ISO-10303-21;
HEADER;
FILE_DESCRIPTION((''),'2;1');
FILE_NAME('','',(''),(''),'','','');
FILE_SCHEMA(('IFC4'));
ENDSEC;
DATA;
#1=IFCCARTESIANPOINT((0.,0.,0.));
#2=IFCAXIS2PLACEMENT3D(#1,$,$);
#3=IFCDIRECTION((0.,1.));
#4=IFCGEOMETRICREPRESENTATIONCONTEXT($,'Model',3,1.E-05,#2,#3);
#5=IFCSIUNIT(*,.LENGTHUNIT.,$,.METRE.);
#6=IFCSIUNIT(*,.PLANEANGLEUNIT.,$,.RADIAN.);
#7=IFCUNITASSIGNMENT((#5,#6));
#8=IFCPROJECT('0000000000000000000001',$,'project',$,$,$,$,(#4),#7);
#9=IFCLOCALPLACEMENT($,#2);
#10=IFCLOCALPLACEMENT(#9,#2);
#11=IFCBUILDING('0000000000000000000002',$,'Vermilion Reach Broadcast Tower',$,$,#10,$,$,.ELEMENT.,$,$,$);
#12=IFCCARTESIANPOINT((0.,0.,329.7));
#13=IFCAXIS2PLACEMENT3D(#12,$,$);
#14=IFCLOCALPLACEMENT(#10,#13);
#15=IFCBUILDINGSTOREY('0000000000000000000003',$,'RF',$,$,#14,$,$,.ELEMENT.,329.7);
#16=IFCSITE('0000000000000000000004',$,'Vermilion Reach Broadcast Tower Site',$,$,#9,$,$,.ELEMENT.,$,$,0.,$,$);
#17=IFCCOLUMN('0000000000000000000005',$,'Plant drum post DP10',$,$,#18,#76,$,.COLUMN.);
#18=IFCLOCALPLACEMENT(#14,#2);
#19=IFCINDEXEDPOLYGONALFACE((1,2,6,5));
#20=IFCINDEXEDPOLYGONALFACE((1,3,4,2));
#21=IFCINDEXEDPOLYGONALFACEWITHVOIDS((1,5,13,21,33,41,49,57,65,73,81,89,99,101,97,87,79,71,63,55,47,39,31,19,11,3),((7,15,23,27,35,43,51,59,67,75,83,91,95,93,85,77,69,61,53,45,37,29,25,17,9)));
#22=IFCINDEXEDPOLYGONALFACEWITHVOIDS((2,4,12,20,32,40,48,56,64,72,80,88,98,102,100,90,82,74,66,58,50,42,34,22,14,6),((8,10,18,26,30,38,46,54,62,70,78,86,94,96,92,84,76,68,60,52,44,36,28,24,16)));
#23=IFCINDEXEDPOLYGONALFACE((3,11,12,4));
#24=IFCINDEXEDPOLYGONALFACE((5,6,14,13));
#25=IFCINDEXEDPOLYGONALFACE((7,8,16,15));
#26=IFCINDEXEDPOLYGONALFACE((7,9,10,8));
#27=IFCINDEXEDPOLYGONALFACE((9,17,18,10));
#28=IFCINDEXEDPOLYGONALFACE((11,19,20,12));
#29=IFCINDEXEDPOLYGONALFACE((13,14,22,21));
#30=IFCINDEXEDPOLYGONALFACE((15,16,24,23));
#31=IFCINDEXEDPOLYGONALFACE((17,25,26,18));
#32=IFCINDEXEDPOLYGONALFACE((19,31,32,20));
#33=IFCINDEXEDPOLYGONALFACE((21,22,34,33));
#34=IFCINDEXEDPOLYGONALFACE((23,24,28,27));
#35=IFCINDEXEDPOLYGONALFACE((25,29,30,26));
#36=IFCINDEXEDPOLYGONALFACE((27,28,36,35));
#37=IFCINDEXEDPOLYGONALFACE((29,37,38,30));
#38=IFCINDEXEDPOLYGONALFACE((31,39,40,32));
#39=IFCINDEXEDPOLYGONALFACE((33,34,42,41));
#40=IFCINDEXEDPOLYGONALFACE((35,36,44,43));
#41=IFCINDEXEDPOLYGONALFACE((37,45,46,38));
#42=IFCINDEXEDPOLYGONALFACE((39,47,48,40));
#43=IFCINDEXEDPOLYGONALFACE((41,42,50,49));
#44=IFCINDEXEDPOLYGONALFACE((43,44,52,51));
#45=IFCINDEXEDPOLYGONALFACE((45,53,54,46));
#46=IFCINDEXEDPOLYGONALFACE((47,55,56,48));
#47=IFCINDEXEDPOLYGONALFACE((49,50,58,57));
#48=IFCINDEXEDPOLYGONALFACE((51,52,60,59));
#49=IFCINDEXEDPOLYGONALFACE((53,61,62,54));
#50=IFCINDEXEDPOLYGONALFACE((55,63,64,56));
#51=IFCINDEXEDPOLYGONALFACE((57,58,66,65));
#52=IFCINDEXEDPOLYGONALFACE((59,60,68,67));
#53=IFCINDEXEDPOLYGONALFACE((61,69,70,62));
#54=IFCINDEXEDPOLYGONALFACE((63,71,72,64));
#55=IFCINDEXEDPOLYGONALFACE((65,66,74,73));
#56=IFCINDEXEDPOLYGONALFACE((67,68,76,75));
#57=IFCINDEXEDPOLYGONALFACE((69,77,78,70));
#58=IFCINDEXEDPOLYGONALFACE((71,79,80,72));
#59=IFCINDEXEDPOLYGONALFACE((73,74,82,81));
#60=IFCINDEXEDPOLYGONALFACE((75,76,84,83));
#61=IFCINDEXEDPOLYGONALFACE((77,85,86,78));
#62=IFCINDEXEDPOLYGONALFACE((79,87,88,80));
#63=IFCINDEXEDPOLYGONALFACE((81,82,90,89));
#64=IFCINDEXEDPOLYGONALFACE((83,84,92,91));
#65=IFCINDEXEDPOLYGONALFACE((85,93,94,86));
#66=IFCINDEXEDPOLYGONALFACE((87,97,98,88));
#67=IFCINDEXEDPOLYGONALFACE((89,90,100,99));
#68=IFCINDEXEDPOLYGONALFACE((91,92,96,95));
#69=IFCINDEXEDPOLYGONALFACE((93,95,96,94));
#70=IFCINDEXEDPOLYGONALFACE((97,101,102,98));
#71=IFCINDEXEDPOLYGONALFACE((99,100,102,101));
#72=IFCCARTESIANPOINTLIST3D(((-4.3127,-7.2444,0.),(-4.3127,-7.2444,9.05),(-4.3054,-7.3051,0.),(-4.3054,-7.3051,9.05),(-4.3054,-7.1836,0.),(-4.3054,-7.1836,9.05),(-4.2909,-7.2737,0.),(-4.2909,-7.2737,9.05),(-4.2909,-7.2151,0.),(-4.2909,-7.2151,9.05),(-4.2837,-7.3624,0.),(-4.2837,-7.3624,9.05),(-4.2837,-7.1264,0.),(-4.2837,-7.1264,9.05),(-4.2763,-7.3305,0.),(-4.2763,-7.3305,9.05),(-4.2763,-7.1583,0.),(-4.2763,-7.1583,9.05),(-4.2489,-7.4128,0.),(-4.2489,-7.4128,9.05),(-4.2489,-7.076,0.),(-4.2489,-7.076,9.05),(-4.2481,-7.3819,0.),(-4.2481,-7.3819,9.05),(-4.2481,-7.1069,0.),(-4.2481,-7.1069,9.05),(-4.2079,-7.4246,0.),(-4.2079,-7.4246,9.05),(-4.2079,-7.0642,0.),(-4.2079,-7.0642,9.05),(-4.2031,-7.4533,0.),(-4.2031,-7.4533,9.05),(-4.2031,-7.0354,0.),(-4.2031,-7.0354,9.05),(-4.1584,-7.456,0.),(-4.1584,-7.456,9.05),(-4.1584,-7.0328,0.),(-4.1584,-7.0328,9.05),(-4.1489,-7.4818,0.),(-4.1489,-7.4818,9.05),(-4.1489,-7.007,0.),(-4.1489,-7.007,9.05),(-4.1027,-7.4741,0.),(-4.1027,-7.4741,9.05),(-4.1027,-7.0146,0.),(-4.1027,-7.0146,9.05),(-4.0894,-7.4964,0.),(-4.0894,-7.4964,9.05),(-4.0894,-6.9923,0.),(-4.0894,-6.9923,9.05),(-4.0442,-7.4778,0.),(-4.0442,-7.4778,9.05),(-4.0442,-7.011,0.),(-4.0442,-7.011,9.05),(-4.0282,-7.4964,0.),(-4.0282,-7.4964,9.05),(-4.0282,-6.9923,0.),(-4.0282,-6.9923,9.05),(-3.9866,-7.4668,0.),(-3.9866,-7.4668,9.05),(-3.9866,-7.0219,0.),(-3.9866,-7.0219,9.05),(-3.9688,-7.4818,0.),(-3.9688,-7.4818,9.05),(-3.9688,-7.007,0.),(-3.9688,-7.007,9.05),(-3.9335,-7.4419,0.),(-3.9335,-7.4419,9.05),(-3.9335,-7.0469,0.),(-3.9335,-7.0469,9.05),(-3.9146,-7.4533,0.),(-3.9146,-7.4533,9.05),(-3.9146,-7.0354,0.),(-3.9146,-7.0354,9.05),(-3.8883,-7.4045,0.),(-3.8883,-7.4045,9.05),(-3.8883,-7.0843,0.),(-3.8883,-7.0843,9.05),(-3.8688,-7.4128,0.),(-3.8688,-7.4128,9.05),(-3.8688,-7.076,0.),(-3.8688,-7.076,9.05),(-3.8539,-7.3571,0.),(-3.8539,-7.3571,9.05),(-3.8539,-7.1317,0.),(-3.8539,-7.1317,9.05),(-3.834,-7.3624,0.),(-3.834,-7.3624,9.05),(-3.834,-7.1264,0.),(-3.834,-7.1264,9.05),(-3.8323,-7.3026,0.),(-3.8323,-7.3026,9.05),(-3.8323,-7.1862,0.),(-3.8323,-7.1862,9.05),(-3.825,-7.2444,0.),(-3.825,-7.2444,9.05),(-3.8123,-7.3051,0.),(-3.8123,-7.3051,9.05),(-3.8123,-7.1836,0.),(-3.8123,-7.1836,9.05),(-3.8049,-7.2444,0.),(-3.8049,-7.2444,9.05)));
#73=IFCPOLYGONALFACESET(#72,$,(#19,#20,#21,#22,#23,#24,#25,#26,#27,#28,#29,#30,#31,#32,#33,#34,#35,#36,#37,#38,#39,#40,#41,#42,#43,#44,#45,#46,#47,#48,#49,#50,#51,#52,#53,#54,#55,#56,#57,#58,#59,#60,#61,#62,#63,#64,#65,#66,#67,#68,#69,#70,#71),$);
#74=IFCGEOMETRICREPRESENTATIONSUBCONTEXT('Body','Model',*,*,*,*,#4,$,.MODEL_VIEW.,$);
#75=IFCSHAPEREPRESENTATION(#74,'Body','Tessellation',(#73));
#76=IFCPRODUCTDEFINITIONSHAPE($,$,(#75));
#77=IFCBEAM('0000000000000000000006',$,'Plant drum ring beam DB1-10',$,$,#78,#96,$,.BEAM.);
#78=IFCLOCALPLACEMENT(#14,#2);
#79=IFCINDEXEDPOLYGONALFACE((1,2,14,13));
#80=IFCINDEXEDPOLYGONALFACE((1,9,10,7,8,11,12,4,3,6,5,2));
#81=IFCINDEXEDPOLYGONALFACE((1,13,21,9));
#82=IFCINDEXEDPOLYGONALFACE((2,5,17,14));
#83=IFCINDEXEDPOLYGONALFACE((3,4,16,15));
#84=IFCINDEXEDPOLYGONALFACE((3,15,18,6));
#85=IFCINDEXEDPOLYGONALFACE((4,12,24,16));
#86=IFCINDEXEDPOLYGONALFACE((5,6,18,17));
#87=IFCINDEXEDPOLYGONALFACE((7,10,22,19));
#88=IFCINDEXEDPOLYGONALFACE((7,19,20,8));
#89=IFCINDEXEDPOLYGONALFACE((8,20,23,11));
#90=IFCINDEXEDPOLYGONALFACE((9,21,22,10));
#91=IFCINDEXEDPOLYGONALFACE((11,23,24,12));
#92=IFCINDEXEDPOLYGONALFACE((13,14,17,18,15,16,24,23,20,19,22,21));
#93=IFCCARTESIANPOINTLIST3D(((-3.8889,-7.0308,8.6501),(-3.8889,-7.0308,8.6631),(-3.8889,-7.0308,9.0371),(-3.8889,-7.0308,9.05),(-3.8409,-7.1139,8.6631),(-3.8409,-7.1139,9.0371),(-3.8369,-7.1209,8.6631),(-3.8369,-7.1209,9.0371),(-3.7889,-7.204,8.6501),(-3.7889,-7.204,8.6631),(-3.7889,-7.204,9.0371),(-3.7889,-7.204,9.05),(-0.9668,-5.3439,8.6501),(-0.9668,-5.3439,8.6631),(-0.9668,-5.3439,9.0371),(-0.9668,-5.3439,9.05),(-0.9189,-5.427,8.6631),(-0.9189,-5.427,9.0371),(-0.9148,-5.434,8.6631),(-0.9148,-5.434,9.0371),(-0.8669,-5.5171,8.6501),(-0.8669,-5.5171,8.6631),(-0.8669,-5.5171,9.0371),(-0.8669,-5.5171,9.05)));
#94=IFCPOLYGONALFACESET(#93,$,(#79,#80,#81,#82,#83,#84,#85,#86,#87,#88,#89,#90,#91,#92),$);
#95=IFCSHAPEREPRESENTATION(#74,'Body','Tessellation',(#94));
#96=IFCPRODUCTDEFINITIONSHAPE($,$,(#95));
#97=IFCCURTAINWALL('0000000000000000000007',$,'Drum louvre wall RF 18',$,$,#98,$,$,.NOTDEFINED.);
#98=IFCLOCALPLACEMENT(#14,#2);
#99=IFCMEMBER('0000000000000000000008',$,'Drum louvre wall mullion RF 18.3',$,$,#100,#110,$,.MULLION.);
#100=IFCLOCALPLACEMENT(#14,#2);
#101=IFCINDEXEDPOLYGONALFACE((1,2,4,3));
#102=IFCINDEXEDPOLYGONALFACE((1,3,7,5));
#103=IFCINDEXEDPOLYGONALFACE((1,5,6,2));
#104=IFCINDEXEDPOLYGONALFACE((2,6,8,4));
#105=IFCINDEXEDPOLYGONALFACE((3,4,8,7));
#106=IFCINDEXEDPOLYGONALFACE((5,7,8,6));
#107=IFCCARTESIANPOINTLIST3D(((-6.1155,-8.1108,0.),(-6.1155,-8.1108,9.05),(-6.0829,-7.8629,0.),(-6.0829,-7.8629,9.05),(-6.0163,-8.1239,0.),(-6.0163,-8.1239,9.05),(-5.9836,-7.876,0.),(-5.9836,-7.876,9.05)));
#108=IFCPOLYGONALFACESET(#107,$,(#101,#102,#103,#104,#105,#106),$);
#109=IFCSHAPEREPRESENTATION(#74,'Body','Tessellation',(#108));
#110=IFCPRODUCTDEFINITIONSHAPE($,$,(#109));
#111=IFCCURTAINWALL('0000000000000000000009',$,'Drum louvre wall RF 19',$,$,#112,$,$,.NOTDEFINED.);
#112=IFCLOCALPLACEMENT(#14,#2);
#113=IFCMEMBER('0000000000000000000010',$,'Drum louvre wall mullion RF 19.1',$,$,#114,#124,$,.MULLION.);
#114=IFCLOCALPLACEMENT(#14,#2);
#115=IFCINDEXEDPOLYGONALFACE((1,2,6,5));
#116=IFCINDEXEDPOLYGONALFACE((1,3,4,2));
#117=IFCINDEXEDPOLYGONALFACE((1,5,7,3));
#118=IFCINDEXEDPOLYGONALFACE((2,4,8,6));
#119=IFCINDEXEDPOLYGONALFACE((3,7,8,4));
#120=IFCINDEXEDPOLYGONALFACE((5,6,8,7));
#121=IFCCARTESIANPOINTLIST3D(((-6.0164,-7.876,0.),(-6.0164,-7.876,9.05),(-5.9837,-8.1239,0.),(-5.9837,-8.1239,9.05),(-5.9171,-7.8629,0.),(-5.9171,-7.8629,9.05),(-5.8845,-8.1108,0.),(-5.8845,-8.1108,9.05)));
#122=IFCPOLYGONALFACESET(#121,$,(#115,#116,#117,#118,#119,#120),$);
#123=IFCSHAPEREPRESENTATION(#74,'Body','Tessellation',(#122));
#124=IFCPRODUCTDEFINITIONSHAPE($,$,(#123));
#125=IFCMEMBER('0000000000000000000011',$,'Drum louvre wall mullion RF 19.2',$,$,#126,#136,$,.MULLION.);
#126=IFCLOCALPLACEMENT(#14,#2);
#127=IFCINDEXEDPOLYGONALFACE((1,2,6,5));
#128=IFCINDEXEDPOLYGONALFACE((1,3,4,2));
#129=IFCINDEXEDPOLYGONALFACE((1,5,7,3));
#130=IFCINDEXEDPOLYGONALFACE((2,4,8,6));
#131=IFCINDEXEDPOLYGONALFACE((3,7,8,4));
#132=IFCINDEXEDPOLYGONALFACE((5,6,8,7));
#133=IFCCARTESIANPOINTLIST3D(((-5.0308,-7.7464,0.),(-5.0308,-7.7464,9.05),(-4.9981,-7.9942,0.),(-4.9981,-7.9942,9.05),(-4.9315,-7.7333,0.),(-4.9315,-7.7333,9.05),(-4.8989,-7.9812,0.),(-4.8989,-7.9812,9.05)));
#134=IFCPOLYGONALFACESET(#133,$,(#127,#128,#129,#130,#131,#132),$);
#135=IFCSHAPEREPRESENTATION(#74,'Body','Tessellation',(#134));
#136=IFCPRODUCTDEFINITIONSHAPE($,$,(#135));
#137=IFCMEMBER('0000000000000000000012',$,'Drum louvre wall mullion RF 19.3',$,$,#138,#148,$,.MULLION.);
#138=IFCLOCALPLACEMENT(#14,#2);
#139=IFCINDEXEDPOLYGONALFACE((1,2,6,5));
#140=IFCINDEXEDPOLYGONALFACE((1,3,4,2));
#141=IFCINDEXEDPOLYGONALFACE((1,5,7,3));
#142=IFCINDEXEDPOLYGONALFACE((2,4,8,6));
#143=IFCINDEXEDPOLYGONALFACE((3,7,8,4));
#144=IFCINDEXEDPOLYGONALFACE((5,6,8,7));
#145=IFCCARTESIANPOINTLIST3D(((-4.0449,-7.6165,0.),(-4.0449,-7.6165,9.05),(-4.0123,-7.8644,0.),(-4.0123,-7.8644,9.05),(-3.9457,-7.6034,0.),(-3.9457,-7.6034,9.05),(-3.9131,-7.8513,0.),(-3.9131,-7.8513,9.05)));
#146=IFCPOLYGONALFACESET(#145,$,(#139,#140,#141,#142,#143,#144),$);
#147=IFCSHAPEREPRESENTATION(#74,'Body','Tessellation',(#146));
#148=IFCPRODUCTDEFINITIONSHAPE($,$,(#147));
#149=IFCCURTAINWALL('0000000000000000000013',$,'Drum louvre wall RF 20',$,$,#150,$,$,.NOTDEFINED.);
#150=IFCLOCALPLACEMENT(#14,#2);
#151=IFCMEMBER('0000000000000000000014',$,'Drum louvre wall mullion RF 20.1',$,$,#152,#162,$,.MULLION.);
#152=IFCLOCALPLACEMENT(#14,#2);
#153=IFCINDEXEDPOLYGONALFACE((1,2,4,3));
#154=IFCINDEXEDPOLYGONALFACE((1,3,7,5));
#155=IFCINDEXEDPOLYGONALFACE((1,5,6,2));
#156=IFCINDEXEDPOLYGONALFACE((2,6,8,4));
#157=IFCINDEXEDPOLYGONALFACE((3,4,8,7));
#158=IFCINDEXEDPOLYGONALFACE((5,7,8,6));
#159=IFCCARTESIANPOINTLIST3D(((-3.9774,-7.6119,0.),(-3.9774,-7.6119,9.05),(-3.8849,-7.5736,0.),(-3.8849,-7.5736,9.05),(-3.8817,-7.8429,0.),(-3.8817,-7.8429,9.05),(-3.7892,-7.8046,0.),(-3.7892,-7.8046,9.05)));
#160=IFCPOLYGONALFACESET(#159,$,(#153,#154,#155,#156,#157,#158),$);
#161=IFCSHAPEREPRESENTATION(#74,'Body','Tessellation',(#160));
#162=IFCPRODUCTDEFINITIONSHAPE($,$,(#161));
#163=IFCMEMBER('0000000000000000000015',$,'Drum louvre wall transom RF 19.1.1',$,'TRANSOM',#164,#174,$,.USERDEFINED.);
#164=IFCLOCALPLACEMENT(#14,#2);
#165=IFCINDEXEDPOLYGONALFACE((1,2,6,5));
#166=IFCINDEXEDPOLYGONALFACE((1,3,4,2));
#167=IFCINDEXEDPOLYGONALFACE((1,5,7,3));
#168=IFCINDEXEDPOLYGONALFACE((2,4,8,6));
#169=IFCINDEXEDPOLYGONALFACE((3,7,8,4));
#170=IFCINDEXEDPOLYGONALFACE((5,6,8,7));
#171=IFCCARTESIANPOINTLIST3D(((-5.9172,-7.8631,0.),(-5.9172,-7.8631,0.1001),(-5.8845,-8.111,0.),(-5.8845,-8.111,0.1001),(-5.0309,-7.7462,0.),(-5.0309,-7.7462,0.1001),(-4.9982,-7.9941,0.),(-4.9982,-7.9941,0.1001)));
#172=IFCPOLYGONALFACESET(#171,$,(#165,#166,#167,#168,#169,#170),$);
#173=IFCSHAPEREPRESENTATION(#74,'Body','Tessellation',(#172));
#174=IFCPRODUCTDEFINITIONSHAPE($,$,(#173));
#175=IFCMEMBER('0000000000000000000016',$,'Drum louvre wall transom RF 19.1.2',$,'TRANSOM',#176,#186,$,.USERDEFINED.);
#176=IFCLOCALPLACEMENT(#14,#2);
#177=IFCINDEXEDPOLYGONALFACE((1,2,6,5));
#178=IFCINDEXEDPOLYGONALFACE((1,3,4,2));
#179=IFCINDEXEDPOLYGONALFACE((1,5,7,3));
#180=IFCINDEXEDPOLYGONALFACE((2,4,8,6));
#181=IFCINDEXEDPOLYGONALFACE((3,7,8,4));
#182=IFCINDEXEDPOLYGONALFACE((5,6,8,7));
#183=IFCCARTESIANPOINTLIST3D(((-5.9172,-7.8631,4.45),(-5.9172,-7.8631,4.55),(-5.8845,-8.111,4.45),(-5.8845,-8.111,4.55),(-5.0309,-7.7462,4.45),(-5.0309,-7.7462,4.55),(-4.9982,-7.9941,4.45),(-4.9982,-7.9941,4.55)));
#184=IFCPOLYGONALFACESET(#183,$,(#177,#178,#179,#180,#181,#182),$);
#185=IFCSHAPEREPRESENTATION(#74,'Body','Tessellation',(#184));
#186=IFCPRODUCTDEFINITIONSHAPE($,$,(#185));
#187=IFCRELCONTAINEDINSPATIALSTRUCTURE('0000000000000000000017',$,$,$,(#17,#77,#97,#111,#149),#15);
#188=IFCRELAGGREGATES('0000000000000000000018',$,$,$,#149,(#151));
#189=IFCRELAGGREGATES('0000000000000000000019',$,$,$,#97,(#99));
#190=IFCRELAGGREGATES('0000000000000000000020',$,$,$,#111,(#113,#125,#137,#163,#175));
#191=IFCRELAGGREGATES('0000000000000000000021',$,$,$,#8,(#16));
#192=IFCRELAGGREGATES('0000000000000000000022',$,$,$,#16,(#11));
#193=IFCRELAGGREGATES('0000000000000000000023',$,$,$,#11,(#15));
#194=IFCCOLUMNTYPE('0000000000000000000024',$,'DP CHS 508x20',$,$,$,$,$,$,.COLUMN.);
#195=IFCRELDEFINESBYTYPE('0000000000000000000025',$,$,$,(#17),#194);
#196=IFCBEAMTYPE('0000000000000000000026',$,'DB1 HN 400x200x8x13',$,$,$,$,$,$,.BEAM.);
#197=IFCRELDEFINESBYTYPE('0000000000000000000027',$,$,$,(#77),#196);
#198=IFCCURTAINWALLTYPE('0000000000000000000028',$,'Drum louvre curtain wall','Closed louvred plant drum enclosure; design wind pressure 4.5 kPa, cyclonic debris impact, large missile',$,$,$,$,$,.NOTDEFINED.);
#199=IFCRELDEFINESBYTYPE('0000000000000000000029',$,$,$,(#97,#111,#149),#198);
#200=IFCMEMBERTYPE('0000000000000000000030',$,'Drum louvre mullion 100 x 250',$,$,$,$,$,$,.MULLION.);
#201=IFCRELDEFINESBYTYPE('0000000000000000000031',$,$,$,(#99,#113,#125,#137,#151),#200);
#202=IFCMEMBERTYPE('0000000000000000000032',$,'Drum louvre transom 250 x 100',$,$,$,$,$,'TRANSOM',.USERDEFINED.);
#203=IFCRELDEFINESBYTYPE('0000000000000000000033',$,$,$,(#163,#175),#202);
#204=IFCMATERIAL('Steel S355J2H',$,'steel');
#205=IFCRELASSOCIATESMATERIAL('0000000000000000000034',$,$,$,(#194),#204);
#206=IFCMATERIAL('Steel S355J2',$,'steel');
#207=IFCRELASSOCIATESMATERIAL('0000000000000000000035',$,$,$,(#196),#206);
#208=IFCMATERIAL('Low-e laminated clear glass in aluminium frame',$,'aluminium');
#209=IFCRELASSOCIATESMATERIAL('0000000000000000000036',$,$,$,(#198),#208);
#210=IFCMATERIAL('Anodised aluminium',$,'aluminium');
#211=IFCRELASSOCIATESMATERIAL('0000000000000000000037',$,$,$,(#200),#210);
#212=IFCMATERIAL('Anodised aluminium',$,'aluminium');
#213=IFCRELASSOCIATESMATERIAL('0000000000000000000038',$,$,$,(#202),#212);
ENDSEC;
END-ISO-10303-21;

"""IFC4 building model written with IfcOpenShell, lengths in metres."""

from ifc_helpers import new_model, si_unit, direction, frame, origin, origin_2d, place, context, subcontext, project, spatial, rectangle, hollow_circle, i_section, extrude, material, material_profile, profile_set, type_object, element, aggregate, save


model = new_model("IFC4")

# Units and contexts
model_context = context("Model", 3, precision=1e-05, world=origin(), true_north=direction((0.0, 1.0)))
body_context = subcontext(model_context, "Body", "Model", "MODEL_VIEW")
ifc_project = project(units=[si_unit("LENGTHUNIT", "METRE"), si_unit("PLANEANGLEUNIT", "RADIAN")], contexts=[model_context])

# Site, building, storey
site_placement = place(None, origin())
site = spatial("IfcSite", under=ifc_project, at=site_placement, Name="Vermilion Reach Broadcast Tower Site", CompositionType="ELEMENT", RefElevation=0.0)
building_placement = place(site_placement, origin())
building = spatial("IfcBuilding", under=site, at=building_placement, Name="Vermilion Reach Broadcast Tower", CompositionType="ELEMENT")
storey_placement = place(building_placement, frame((0.0, 0.0, 329.7)))
storey = spatial("IfcBuildingStorey", under=building, at=storey_placement, Name="RF", CompositionType="ELEMENT", Elevation=329.7)

# Column
ifc_material_1 = material(Name="Steel S355J2H", Category="steel")
ifc_material_profile_1 = material_profile(ifc_material_1, hollow_circle(Radius=0.2539, WallThickness=0.02, at=origin_2d()), Name="S355J2H CHS 508x20")
ifc_profile_set_1 = profile_set([ifc_material_profile_1], Name="Steel S355J2H")
column_type = type_object("IfcColumnType", Name="DP CHS 508x20", PredefinedType="COLUMN", material=ifc_profile_set_1)
column_placement = place(storey_placement, frame((-4.0588, -7.2444, 0.0), z_axis=(0.0, 0.0, 1.0), x_axis=(1.0, 0.0, 0.0)))
element("IfcColumn", 1, at=column_placement, inside=storey, type_object=column_type, Name="Plant drum post DP10", PredefinedType="COLUMN", context=body_context, shape_type="SweptSolid", body=[
    extrude(hollow_circle(Radius=0.2539, WallThickness=0.02, at=origin_2d()), origin(), (0.0, 0.0, 1.0), 9.05),
])

# Beam
ifc_material_2 = material(Name="Steel S355J2", Category="steel")
ifc_material_profile_2 = material_profile(ifc_material_2, i_section(OverallWidth=0.2, OverallDepth=0.3999, WebThickness=0.0081, FlangeThickness=0.0129, at=origin_2d()), Name="S355J2 HN 400x200x8x13")
ifc_profile_set_2 = profile_set([ifc_material_profile_2], Name="Steel S355J2")
beam_type = type_object("IfcBeamType", Name="DB1 HN 400x200x8x13", PredefinedType="BEAM", material=ifc_profile_set_2)
beam_placement = place(storey_placement, frame((-3.8389, -7.1174, 8.8501), z_axis=(0.866035, 0.499983, 0.0), x_axis=(-0.499983, 0.866035, 0.0)))
element("IfcBeam", 2, at=beam_placement, inside=storey, type_object=beam_type, Name="Plant drum ring beam DB1-10", PredefinedType="BEAM", context=body_context, shape_type="SweptSolid", body=[
    extrude(i_section(OverallWidth=0.2, OverallDepth=0.3999, WebThickness=0.0081, FlangeThickness=0.0129, at=origin_2d()), origin(), (0.0, 0.0, 1.0), 3.374),
])

# Curtain wall, member
ifc_material_3 = material(Name="Low-e laminated clear glass in aluminium frame", Category="aluminium")
curtain_wall_type = type_object("IfcCurtainWallType", Name="Drum louvre curtain wall", Description="Closed louvred plant drum enclosure; design wind pressure 4.5 kPa, cyclonic debris impact, large missile", PredefinedType="NOTDEFINED", material=ifc_material_3)
placement = place(storey_placement, origin())
curtain_wall_1 = element("IfcCurtainWall", 3, at=placement, inside=storey, type_object=curtain_wall_type, Name="Drum louvre wall RF 18", PredefinedType="NOTDEFINED")
ifc_material_4 = material(Name="Anodised aluminium", Category="aluminium")
ifc_material_profile_3 = material_profile(ifc_material_4, rectangle(XDim=0.25, YDim=0.1001, at=origin_2d()), Name="Drum louvre mullion 100 x 250")
ifc_profile_set_3 = profile_set([ifc_material_profile_3], Name="Anodised aluminium")
member_type_1 = type_object("IfcMemberType", Name="Drum louvre mullion 100 x 250", PredefinedType="MULLION", material=ifc_profile_set_3)
member_1_placement = place(storey_placement, frame((-6.0496, -7.9934, 0.0), z_axis=(0.0, 0.0, 1.0), x_axis=(0.130526, 0.991445, 0.0)))
member_1 = element("IfcMember", 4, at=member_1_placement, type_object=member_type_1, Name="Drum louvre wall mullion RF 18.3", PredefinedType="MULLION", context=body_context, shape_type="SweptSolid", body=[
    extrude(rectangle(XDim=0.25, YDim=0.1001, at=origin_2d()), origin(), (0.0, 0.0, 1.0), 9.05),
])

# Curtain wall, members
curtain_wall_2 = element("IfcCurtainWall", 5, at=placement, inside=storey, type_object=curtain_wall_type, Name="Drum louvre wall RF 19", PredefinedType="NOTDEFINED")
member_2_placement = place(storey_placement, frame((-5.9504, -7.9934, 0.0), z_axis=(0.0, 0.0, 1.0), x_axis=(-0.130526, 0.991445, 0.0)))
member_2 = element("IfcMember", 6, at=member_2_placement, type_object=member_type_1, Name="Drum louvre wall mullion RF 19.1", PredefinedType="MULLION", context=body_context, shape_type="SweptSolid", body=[
    extrude(rectangle(XDim=0.25, YDim=0.1001, at=origin_2d()), origin(), (0.0, 0.0, 1.0), 9.05),
])
member_3_placement = place(storey_placement, frame((-4.9648, -7.8638, 0.0), z_axis=(0.0, 0.0, 1.0), x_axis=(-0.130526, 0.991445, 0.0)))
member_3 = element("IfcMember", 7, at=member_3_placement, type_object=member_type_1, Name="Drum louvre wall mullion RF 19.2", PredefinedType="MULLION", context=body_context, shape_type="SweptSolid", body=[
    extrude(rectangle(XDim=0.25, YDim=0.1001, at=origin_2d()), origin(), (0.0, 0.0, 1.0), 9.05),
])
member_4_placement = place(storey_placement, frame((-3.979, -7.7339, 0.0), z_axis=(0.0, 0.0, 1.0), x_axis=(-0.130526, 0.991445, 0.0)))
member_4 = element("IfcMember", 8, at=member_4_placement, type_object=member_type_1, Name="Drum louvre wall mullion RF 19.3", PredefinedType="MULLION", context=body_context, shape_type="SweptSolid", body=[
    extrude(rectangle(XDim=0.25, YDim=0.1001, at=origin_2d()), origin(), (0.0, 0.0, 1.0), 9.05),
])

# Curtain wall, member
curtain_wall_3 = element("IfcCurtainWall", 9, at=placement, inside=storey, type_object=curtain_wall_type, Name="Drum louvre wall RF 20", PredefinedType="NOTDEFINED")
member_5_placement = place(storey_placement, frame((-3.8833, -7.7083, 0.0), z_axis=(0.0, 0.0, 1.0), x_axis=(-0.382683, 0.92388, 0.0)))
member_5 = element("IfcMember", 10, at=member_5_placement, type_object=member_type_1, Name="Drum louvre wall mullion RF 20.1", PredefinedType="MULLION", context=body_context, shape_type="SweptSolid", body=[
    extrude(rectangle(XDim=0.25, YDim=0.1001, at=origin_2d()), origin(), (0.0, 0.0, 1.0), 9.05),
])

# Members
ifc_material_5 = material(Name="Anodised aluminium", Category="aluminium")
ifc_material_profile_4 = material_profile(ifc_material_5, rectangle(XDim=0.25, YDim=0.1001, at=origin_2d()), Name="Drum louvre transom 250 x 100")
ifc_profile_set_4 = profile_set([ifc_material_profile_4], Name="Anodised aluminium")
member_type_2 = type_object("IfcMemberType", Name="Drum louvre transom 250 x 100", ElementType="TRANSOM", PredefinedType="USERDEFINED", material=ifc_profile_set_4)
member_6_placement = place(storey_placement, frame((-5.9009, -7.9871, 0.05), z_axis=(0.991411, 0.130786, 0.0), x_axis=(-0.130786, 0.991411, 0.0)))
member_6 = element("IfcMember", 11, at=member_6_placement, type_object=member_type_2, Name="Drum louvre wall transom RF 19.1.1", ObjectType="TRANSOM", PredefinedType="USERDEFINED", context=body_context, shape_type="SweptSolid", body=[
    extrude(rectangle(XDim=0.25, YDim=0.1001, at=origin_2d()), origin(), (0.0, 0.0, 1.0), 0.894),
])
member_7_placement = place(storey_placement, frame((-5.9009, -7.9871, 4.5), z_axis=(0.991411, 0.130786, 0.0), x_axis=(-0.130786, 0.991411, 0.0)))
member_7 = element("IfcMember", 12, at=member_7_placement, type_object=member_type_2, Name="Drum louvre wall transom RF 19.1.2", ObjectType="TRANSOM", PredefinedType="USERDEFINED", context=body_context, shape_type="SweptSolid", body=[
    extrude(rectangle(XDim=0.25, YDim=0.1001, at=origin_2d()), origin(), (0.0, 0.0, 1.0), 0.894),
])
aggregate(curtain_wall_3, [member_5])

aggregate(curtain_wall_1, [member_1])
aggregate(curtain_wall_2, [member_2, member_3, member_4, member_6, member_7])

save(model, "model.ifc")
